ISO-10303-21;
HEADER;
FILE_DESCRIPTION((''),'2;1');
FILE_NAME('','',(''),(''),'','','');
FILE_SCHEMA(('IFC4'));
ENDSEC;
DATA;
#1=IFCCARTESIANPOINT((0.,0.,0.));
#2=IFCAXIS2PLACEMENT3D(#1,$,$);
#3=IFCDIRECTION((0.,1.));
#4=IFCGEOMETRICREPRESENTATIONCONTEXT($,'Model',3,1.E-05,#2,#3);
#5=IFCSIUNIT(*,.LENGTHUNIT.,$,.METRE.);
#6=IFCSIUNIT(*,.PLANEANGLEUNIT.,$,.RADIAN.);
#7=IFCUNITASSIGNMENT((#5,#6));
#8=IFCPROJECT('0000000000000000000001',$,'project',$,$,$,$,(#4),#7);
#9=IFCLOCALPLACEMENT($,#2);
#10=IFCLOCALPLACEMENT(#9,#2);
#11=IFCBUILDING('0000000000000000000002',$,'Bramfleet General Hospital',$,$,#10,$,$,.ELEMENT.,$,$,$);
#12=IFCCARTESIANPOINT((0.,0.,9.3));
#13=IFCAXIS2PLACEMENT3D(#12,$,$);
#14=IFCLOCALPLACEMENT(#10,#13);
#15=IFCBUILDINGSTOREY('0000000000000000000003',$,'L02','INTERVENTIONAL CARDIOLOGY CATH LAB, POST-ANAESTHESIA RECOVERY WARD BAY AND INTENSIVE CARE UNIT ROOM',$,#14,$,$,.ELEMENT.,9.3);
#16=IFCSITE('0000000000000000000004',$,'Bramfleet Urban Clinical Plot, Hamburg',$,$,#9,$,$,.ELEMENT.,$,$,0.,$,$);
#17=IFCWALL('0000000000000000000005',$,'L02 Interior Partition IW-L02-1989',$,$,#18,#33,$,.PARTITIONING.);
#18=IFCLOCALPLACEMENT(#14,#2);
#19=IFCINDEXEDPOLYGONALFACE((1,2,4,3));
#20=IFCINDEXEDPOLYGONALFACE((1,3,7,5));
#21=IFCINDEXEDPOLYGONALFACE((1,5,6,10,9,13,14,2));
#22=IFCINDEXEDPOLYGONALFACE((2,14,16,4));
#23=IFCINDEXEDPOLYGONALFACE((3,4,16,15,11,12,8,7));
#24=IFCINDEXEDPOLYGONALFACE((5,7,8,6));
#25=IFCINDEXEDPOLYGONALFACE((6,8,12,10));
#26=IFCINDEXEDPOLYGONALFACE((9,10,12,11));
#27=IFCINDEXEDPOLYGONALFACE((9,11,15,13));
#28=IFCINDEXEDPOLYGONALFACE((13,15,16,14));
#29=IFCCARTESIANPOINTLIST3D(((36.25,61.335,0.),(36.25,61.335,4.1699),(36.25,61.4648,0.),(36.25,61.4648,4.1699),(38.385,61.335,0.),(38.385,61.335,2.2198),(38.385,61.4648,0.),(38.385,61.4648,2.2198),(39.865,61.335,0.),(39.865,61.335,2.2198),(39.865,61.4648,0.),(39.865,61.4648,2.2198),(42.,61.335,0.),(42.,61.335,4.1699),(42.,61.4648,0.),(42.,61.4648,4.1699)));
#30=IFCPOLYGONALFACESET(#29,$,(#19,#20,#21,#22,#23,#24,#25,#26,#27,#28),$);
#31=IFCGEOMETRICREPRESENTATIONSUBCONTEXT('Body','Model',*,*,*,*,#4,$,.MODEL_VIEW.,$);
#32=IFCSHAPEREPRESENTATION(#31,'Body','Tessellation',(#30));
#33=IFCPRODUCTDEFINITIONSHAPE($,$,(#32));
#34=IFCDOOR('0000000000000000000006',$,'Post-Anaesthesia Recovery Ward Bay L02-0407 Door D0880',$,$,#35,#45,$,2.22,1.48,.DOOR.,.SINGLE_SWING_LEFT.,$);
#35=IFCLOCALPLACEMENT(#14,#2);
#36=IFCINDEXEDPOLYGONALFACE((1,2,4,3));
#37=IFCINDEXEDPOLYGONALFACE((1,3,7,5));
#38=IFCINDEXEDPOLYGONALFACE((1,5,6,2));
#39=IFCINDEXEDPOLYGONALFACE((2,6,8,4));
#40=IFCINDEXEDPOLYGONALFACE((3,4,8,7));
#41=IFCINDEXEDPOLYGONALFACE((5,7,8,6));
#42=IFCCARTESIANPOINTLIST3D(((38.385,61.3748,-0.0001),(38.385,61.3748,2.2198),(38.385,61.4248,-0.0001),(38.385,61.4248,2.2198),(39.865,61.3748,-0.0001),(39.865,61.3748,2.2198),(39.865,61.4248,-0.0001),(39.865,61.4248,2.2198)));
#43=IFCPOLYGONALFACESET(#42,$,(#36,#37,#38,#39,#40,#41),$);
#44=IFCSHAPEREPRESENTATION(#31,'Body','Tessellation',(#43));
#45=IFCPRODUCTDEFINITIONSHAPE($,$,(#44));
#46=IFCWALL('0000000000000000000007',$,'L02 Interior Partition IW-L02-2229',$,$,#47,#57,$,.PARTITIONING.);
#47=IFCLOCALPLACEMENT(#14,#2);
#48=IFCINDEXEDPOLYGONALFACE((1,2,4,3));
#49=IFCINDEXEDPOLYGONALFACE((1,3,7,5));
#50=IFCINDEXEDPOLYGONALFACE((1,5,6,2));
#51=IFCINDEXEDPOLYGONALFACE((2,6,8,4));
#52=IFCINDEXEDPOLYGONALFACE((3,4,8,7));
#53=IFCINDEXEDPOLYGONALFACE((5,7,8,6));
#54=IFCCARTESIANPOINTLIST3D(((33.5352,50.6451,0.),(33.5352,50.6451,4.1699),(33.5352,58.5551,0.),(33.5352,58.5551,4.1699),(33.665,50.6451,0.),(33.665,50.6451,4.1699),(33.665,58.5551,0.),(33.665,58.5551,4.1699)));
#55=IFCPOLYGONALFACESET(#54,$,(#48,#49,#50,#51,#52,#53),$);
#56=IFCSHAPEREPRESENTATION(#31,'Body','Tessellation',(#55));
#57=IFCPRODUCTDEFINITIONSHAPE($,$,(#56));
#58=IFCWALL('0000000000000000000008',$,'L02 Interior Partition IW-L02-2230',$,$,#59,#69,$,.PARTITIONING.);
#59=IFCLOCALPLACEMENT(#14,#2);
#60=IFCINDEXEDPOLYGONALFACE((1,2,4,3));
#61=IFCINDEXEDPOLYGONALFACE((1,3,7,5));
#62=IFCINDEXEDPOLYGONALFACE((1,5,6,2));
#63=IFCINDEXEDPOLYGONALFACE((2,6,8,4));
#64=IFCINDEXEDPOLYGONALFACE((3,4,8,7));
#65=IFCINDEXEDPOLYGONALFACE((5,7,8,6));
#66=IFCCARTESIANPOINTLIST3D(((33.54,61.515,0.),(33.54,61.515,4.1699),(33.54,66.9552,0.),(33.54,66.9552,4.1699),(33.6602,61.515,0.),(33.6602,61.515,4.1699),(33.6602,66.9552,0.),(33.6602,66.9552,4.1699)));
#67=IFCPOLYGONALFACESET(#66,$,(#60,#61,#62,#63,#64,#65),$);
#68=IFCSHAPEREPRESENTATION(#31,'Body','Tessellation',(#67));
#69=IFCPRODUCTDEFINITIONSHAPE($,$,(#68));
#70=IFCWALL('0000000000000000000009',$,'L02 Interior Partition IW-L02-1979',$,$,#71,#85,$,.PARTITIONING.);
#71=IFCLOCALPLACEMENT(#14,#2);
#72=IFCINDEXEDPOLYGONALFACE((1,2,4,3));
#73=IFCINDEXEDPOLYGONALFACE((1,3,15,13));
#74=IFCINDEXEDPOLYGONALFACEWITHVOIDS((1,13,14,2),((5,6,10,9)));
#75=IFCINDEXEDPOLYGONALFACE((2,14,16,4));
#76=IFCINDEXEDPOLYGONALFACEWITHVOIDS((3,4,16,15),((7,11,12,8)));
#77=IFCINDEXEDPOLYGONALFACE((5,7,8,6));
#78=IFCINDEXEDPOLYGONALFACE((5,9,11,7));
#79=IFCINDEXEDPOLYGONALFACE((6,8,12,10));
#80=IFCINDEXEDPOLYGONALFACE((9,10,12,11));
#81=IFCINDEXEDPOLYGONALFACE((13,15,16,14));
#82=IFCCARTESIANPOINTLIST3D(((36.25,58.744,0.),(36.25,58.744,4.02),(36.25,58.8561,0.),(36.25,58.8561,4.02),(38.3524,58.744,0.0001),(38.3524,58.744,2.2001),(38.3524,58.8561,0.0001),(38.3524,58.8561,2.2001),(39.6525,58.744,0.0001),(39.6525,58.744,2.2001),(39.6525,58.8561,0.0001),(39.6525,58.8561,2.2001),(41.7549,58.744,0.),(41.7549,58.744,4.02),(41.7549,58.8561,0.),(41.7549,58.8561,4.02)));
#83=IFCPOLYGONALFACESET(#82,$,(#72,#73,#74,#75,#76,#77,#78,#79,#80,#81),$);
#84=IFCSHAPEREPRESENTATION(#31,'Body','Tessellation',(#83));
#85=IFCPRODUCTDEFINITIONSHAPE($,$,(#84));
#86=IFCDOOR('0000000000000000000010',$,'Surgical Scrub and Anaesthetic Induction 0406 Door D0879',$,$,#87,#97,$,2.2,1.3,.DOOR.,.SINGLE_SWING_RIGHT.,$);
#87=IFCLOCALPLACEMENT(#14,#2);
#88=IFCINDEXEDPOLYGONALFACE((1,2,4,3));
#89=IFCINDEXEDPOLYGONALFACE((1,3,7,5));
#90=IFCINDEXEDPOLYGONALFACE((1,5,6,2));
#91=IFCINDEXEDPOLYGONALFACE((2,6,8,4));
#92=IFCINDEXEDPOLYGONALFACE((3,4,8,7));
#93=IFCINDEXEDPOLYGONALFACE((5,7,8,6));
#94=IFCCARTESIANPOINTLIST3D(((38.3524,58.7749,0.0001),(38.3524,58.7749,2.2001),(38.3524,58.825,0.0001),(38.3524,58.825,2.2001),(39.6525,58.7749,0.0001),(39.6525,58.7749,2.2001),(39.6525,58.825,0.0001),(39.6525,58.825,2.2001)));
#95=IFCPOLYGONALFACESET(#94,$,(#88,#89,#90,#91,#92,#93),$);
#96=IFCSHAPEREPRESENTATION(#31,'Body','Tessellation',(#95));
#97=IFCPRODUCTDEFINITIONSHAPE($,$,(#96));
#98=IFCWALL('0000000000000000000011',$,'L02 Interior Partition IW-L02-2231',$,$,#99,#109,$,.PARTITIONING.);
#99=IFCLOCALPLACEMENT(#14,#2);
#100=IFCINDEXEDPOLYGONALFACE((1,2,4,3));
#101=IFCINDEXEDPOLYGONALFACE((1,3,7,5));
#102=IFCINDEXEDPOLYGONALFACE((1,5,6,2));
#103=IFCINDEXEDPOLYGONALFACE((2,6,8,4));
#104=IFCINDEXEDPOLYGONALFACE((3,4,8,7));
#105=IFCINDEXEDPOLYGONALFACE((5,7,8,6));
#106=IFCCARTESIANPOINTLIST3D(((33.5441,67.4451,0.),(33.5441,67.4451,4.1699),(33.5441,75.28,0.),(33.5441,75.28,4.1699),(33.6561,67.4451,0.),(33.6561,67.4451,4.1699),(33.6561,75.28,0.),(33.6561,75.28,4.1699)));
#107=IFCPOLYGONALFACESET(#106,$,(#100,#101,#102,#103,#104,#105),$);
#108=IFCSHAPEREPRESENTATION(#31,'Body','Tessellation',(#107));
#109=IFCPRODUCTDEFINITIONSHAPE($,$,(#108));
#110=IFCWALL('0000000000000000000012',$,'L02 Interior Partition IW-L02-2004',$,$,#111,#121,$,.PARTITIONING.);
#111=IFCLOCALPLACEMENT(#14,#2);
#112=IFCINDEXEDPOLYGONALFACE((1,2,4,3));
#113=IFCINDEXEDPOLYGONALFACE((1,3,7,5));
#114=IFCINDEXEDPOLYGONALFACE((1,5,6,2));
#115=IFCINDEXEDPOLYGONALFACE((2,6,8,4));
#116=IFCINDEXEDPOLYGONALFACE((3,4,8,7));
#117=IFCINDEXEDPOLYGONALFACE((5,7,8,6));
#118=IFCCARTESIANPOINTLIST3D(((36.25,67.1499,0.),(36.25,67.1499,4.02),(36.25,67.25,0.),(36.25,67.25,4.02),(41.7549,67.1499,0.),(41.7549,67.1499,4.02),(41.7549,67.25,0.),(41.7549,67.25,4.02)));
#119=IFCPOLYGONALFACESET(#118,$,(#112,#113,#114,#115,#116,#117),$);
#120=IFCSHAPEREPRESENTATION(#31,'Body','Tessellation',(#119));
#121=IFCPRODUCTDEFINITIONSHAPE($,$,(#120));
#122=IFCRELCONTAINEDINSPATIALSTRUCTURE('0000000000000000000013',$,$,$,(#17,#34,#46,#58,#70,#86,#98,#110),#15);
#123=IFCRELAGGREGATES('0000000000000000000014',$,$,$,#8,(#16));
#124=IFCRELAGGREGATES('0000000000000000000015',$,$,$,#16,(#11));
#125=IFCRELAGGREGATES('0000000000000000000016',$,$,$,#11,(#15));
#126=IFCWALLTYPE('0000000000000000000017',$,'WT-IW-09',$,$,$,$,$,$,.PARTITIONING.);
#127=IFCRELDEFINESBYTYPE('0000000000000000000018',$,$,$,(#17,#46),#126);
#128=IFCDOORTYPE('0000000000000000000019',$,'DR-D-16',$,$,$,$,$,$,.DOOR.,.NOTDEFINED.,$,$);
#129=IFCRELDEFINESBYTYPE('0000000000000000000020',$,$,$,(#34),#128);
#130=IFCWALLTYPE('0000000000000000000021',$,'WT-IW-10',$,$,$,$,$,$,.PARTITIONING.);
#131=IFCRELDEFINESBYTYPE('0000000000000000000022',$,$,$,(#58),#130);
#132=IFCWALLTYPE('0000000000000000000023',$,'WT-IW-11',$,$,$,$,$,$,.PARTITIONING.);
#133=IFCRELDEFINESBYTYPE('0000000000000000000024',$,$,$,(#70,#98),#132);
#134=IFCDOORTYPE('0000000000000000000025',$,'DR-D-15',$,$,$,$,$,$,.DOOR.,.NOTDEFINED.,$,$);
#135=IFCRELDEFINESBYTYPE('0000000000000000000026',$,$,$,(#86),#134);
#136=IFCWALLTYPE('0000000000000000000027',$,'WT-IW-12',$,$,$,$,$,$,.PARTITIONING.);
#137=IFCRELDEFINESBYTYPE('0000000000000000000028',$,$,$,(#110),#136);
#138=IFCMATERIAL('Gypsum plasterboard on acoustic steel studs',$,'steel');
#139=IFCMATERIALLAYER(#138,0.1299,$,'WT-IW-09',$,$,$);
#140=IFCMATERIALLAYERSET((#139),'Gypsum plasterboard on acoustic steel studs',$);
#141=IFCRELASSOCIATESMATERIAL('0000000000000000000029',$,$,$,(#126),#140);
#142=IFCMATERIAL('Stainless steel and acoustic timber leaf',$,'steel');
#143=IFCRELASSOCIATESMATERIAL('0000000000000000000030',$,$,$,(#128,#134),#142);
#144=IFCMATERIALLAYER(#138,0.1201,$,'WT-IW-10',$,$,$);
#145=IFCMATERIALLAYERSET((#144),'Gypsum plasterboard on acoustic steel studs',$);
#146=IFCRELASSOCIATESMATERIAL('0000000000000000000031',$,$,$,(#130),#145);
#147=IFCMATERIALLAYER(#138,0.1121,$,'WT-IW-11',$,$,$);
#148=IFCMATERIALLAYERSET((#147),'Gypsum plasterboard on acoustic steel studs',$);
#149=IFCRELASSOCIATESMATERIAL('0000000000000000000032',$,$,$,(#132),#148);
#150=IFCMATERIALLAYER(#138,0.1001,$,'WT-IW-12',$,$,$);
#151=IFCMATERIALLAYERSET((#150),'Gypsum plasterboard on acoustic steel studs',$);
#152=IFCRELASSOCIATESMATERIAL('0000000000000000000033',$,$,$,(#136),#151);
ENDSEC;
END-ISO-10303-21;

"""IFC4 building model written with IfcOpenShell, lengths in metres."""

from ifc_helpers import new_model, si_unit, direction, frame, frame_2d, origin, place, context, subcontext, project, spatial, rectangle, extrude, material, layer, layer_set, type_object, element, fill, save


model = new_model("IFC4")

# Units and contexts
model_context = context("Model", 3, precision=1e-05, world=origin(), true_north=direction((0.0, 1.0)))
body_context = subcontext(model_context, "Body", "Model", "MODEL_VIEW")
ifc_project = project(units=[si_unit("LENGTHUNIT", "METRE"), si_unit("PLANEANGLEUNIT", "RADIAN")], contexts=[model_context])

# Site, building, storey
site_placement = place(None, origin())
site = spatial("IfcSite", under=ifc_project, at=site_placement, Name="Bramfleet Urban Clinical Plot, Hamburg", CompositionType="ELEMENT", RefElevation=0.0)
building_placement = place(site_placement, origin())
building = spatial("IfcBuilding", under=site, at=building_placement, Name="Bramfleet General Hospital", CompositionType="ELEMENT")
storey_placement = place(building_placement, frame((0.0, 0.0, 9.3)))
storey = spatial("IfcBuildingStorey", under=building, at=storey_placement, Name="L02", Description="INTERVENTIONAL CARDIOLOGY CATH LAB, POST-ANAESTHESIA RECOVERY WARD BAY AND INTENSIVE CARE UNIT ROOM", CompositionType="ELEMENT", Elevation=9.3)

# Shared definitions
ifc_material_1 = material(Name="Gypsum plasterboard on acoustic steel studs", Category="steel")

# Wall, opening, door
ifc_layer_1 = layer(ifc_material_1, 0.1299, Name="WT-IW-09")
ifc_layer_set_1 = layer_set([ifc_layer_1], Name="Gypsum plasterboard on acoustic steel studs")
wall_type_1 = type_object("IfcWallType", Name="WT-IW-09", PredefinedType="PARTITIONING", material=ifc_layer_set_1)
wall_1_placement = place(storey_placement, frame((36.25, 61.3999, 0.0), z_axis=(0.0, 0.0, 1.0), x_axis=(1.0, 0.0, 0.0)))
wall_1 = element("IfcWall", 1, at=wall_1_placement, inside=storey, type_object=wall_type_1, Name="L02 Interior Partition IW-L02-1989", PredefinedType="PARTITIONING", context=body_context, shape_type="SweptSolid", body=[
    extrude(rectangle(XDim=5.75, YDim=0.1299, at=frame_2d((2.875, 0.0))), origin(), (0.0, 0.0, 1.0), 4.1699),
])
opening_1_placement = place(wall_1_placement, frame((2.135, 0.0, 0.0)))
opening_1 = element("IfcOpeningElement", 2, at=opening_1_placement, cuts=wall_1, PredefinedType="OPENING", context=body_context, shape_type="SweptSolid", body=[
    extrude(rectangle(XDim=1.48, YDim=2.22, at=frame_2d((0.74, 1.1099))), frame((0.0, 0.075, 0.0), z_axis=(0.0, -1.0, 0.0), x_axis=(1.0, 0.0, 0.0)), (0.0, 0.0, 1.0), 0.1499),
])
ifc_material_2 = material(Name="Stainless steel and acoustic timber leaf", Category="steel")
door_type_1 = type_object("IfcDoorType", Name="DR-D-16", OperationType="NOTDEFINED", PredefinedType="DOOR", material=ifc_material_2)
door_1_placement = place(opening_1_placement, origin())
door_1 = element("IfcDoor", 3, at=door_1_placement, inside=storey, type_object=door_type_1, Name="Post-Anaesthesia Recovery Ward Bay L02-0407 Door D0880", OperationType="SINGLE_SWING_LEFT", OverallHeight=2.22, OverallWidth=1.48, PredefinedType="DOOR", context=body_context, shape_type="SweptSolid", body=[
    extrude(rectangle(XDim=1.48, YDim=2.22, at=frame_2d((0.74, 1.1099))), frame((0.0, 0.0249, 0.0), z_axis=(0.0, -1.0, 0.0), x_axis=(1.0, 0.0, 0.0)), (0.0, 0.0, 1.0), 0.05),
])
fill(opening_1, door_1)

# Walls
wall_2_placement = place(storey_placement, frame((33.6001, 50.645, 0.0), z_axis=(0.0, 0.0, 1.0), x_axis=(0.0, 1.0, 0.0)))
element("IfcWall", 4, at=wall_2_placement, inside=storey, type_object=wall_type_1, Name="L02 Interior Partition IW-L02-2229", PredefinedType="PARTITIONING", context=body_context, shape_type="SweptSolid", body=[
    extrude(rectangle(XDim=7.9099, YDim=0.1299, at=frame_2d((3.9551, 0.0))), origin(), (0.0, 0.0, 1.0), 4.1699),
])
ifc_layer_2 = layer(ifc_material_1, 0.1201, Name="WT-IW-10")
ifc_layer_set_2 = layer_set([ifc_layer_2], Name="Gypsum plasterboard on acoustic steel studs")
wall_type_2 = type_object("IfcWallType", Name="WT-IW-10", PredefinedType="PARTITIONING", material=ifc_layer_set_2)
wall_3_placement = place(storey_placement, frame((33.6001, 61.5149, 0.0), z_axis=(0.0, 0.0, 1.0), x_axis=(0.0, 1.0, 0.0)))
element("IfcWall", 5, at=wall_3_placement, inside=storey, type_object=wall_type_2, Name="L02 Interior Partition IW-L02-2230", PredefinedType="PARTITIONING", context=body_context, shape_type="SweptSolid", body=[
    extrude(rectangle(XDim=5.4402, YDim=0.1201, at=frame_2d((2.7202, 0.0))), origin(), (0.0, 0.0, 1.0), 4.1699),
])

# Wall, opening, door
ifc_layer_3 = layer(ifc_material_1, 0.1121, Name="WT-IW-11")
ifc_layer_set_3 = layer_set([ifc_layer_3], Name="Gypsum plasterboard on acoustic steel studs")
wall_type_3 = type_object("IfcWallType", Name="WT-IW-11", PredefinedType="PARTITIONING", material=ifc_layer_set_3)
wall_4_placement = place(storey_placement, frame((36.25, 58.8, 0.0), z_axis=(0.0, 0.0, 1.0), x_axis=(1.0, 0.0, 0.0)))
wall_4 = element("IfcWall", 6, at=wall_4_placement, inside=storey, type_object=wall_type_3, Name="L02 Interior Partition IW-L02-1979", PredefinedType="PARTITIONING", context=body_context, shape_type="SweptSolid", body=[
    extrude(rectangle(XDim=5.5049, YDim=0.1121, at=frame_2d((2.7524, 0.0))), origin(), (0.0, 0.0, 1.0), 4.02),
])
opening_2_placement = place(wall_4_placement, frame((2.1025, 0.0, 0.0)))
opening_2 = element("IfcOpeningElement", 7, at=opening_2_placement, cuts=wall_4, PredefinedType="OPENING", context=body_context, shape_type="SweptSolid", body=[
    extrude(rectangle(XDim=1.3, YDim=2.2, at=frame_2d((0.6499, 1.1001))), frame((0.0, 0.0659, 0.0), z_axis=(0.0, -1.0, 0.0), x_axis=(1.0, 0.0, 0.0)), (0.0, 0.0, 1.0), 0.1321),
])
door_type_2 = type_object("IfcDoorType", Name="DR-D-15", OperationType="NOTDEFINED", PredefinedType="DOOR", material=ifc_material_2)
door_2_placement = place(opening_2_placement, origin())
door_2 = element("IfcDoor", 8, at=door_2_placement, inside=storey, type_object=door_type_2, Name="Surgical Scrub and Anaesthetic Induction 0406 Door D0879", OperationType="SINGLE_SWING_RIGHT", OverallHeight=2.2, OverallWidth=1.3, PredefinedType="DOOR", context=body_context, shape_type="SweptSolid", body=[
    extrude(rectangle(XDim=1.3, YDim=2.2, at=frame_2d((0.6499, 1.1001))), frame((0.0, 0.0249, 0.0), z_axis=(0.0, -1.0, 0.0), x_axis=(1.0, 0.0, 0.0)), (0.0, 0.0, 1.0), 0.05),
])
fill(opening_2, door_2)

# Walls
wall_5_placement = place(storey_placement, frame((33.6001, 67.4451, 0.0), z_axis=(0.0, 0.0, 1.0), x_axis=(0.0, 1.0, 0.0)))
element("IfcWall", 9, at=wall_5_placement, inside=storey, type_object=wall_type_3, Name="L02 Interior Partition IW-L02-2231", PredefinedType="PARTITIONING", context=body_context, shape_type="SweptSolid", body=[
    extrude(rectangle(XDim=7.835, YDim=0.1121, at=frame_2d((3.9175, 0.0))), origin(), (0.0, 0.0, 1.0), 4.1699),
])
ifc_layer_4 = layer(ifc_material_1, 0.1001, Name="WT-IW-12")
ifc_layer_set_4 = layer_set([ifc_layer_4], Name="Gypsum plasterboard on acoustic steel studs")
wall_type_4 = type_object("IfcWallType", Name="WT-IW-12", PredefinedType="PARTITIONING", material=ifc_layer_set_4)
wall_6_placement = place(storey_placement, frame((36.25, 67.2, 0.0), z_axis=(0.0, 0.0, 1.0), x_axis=(1.0, 0.0, 0.0)))
element("IfcWall", 10, at=wall_6_placement, inside=storey, type_object=wall_type_4, Name="L02 Interior Partition IW-L02-2004", PredefinedType="PARTITIONING", context=body_context, shape_type="SweptSolid", body=[
    extrude(rectangle(XDim=5.5049, YDim=0.1001, at=frame_2d((2.7524, 0.0))), origin(), (0.0, 0.0, 1.0), 4.02),
])

save(model, "model.ifc")
